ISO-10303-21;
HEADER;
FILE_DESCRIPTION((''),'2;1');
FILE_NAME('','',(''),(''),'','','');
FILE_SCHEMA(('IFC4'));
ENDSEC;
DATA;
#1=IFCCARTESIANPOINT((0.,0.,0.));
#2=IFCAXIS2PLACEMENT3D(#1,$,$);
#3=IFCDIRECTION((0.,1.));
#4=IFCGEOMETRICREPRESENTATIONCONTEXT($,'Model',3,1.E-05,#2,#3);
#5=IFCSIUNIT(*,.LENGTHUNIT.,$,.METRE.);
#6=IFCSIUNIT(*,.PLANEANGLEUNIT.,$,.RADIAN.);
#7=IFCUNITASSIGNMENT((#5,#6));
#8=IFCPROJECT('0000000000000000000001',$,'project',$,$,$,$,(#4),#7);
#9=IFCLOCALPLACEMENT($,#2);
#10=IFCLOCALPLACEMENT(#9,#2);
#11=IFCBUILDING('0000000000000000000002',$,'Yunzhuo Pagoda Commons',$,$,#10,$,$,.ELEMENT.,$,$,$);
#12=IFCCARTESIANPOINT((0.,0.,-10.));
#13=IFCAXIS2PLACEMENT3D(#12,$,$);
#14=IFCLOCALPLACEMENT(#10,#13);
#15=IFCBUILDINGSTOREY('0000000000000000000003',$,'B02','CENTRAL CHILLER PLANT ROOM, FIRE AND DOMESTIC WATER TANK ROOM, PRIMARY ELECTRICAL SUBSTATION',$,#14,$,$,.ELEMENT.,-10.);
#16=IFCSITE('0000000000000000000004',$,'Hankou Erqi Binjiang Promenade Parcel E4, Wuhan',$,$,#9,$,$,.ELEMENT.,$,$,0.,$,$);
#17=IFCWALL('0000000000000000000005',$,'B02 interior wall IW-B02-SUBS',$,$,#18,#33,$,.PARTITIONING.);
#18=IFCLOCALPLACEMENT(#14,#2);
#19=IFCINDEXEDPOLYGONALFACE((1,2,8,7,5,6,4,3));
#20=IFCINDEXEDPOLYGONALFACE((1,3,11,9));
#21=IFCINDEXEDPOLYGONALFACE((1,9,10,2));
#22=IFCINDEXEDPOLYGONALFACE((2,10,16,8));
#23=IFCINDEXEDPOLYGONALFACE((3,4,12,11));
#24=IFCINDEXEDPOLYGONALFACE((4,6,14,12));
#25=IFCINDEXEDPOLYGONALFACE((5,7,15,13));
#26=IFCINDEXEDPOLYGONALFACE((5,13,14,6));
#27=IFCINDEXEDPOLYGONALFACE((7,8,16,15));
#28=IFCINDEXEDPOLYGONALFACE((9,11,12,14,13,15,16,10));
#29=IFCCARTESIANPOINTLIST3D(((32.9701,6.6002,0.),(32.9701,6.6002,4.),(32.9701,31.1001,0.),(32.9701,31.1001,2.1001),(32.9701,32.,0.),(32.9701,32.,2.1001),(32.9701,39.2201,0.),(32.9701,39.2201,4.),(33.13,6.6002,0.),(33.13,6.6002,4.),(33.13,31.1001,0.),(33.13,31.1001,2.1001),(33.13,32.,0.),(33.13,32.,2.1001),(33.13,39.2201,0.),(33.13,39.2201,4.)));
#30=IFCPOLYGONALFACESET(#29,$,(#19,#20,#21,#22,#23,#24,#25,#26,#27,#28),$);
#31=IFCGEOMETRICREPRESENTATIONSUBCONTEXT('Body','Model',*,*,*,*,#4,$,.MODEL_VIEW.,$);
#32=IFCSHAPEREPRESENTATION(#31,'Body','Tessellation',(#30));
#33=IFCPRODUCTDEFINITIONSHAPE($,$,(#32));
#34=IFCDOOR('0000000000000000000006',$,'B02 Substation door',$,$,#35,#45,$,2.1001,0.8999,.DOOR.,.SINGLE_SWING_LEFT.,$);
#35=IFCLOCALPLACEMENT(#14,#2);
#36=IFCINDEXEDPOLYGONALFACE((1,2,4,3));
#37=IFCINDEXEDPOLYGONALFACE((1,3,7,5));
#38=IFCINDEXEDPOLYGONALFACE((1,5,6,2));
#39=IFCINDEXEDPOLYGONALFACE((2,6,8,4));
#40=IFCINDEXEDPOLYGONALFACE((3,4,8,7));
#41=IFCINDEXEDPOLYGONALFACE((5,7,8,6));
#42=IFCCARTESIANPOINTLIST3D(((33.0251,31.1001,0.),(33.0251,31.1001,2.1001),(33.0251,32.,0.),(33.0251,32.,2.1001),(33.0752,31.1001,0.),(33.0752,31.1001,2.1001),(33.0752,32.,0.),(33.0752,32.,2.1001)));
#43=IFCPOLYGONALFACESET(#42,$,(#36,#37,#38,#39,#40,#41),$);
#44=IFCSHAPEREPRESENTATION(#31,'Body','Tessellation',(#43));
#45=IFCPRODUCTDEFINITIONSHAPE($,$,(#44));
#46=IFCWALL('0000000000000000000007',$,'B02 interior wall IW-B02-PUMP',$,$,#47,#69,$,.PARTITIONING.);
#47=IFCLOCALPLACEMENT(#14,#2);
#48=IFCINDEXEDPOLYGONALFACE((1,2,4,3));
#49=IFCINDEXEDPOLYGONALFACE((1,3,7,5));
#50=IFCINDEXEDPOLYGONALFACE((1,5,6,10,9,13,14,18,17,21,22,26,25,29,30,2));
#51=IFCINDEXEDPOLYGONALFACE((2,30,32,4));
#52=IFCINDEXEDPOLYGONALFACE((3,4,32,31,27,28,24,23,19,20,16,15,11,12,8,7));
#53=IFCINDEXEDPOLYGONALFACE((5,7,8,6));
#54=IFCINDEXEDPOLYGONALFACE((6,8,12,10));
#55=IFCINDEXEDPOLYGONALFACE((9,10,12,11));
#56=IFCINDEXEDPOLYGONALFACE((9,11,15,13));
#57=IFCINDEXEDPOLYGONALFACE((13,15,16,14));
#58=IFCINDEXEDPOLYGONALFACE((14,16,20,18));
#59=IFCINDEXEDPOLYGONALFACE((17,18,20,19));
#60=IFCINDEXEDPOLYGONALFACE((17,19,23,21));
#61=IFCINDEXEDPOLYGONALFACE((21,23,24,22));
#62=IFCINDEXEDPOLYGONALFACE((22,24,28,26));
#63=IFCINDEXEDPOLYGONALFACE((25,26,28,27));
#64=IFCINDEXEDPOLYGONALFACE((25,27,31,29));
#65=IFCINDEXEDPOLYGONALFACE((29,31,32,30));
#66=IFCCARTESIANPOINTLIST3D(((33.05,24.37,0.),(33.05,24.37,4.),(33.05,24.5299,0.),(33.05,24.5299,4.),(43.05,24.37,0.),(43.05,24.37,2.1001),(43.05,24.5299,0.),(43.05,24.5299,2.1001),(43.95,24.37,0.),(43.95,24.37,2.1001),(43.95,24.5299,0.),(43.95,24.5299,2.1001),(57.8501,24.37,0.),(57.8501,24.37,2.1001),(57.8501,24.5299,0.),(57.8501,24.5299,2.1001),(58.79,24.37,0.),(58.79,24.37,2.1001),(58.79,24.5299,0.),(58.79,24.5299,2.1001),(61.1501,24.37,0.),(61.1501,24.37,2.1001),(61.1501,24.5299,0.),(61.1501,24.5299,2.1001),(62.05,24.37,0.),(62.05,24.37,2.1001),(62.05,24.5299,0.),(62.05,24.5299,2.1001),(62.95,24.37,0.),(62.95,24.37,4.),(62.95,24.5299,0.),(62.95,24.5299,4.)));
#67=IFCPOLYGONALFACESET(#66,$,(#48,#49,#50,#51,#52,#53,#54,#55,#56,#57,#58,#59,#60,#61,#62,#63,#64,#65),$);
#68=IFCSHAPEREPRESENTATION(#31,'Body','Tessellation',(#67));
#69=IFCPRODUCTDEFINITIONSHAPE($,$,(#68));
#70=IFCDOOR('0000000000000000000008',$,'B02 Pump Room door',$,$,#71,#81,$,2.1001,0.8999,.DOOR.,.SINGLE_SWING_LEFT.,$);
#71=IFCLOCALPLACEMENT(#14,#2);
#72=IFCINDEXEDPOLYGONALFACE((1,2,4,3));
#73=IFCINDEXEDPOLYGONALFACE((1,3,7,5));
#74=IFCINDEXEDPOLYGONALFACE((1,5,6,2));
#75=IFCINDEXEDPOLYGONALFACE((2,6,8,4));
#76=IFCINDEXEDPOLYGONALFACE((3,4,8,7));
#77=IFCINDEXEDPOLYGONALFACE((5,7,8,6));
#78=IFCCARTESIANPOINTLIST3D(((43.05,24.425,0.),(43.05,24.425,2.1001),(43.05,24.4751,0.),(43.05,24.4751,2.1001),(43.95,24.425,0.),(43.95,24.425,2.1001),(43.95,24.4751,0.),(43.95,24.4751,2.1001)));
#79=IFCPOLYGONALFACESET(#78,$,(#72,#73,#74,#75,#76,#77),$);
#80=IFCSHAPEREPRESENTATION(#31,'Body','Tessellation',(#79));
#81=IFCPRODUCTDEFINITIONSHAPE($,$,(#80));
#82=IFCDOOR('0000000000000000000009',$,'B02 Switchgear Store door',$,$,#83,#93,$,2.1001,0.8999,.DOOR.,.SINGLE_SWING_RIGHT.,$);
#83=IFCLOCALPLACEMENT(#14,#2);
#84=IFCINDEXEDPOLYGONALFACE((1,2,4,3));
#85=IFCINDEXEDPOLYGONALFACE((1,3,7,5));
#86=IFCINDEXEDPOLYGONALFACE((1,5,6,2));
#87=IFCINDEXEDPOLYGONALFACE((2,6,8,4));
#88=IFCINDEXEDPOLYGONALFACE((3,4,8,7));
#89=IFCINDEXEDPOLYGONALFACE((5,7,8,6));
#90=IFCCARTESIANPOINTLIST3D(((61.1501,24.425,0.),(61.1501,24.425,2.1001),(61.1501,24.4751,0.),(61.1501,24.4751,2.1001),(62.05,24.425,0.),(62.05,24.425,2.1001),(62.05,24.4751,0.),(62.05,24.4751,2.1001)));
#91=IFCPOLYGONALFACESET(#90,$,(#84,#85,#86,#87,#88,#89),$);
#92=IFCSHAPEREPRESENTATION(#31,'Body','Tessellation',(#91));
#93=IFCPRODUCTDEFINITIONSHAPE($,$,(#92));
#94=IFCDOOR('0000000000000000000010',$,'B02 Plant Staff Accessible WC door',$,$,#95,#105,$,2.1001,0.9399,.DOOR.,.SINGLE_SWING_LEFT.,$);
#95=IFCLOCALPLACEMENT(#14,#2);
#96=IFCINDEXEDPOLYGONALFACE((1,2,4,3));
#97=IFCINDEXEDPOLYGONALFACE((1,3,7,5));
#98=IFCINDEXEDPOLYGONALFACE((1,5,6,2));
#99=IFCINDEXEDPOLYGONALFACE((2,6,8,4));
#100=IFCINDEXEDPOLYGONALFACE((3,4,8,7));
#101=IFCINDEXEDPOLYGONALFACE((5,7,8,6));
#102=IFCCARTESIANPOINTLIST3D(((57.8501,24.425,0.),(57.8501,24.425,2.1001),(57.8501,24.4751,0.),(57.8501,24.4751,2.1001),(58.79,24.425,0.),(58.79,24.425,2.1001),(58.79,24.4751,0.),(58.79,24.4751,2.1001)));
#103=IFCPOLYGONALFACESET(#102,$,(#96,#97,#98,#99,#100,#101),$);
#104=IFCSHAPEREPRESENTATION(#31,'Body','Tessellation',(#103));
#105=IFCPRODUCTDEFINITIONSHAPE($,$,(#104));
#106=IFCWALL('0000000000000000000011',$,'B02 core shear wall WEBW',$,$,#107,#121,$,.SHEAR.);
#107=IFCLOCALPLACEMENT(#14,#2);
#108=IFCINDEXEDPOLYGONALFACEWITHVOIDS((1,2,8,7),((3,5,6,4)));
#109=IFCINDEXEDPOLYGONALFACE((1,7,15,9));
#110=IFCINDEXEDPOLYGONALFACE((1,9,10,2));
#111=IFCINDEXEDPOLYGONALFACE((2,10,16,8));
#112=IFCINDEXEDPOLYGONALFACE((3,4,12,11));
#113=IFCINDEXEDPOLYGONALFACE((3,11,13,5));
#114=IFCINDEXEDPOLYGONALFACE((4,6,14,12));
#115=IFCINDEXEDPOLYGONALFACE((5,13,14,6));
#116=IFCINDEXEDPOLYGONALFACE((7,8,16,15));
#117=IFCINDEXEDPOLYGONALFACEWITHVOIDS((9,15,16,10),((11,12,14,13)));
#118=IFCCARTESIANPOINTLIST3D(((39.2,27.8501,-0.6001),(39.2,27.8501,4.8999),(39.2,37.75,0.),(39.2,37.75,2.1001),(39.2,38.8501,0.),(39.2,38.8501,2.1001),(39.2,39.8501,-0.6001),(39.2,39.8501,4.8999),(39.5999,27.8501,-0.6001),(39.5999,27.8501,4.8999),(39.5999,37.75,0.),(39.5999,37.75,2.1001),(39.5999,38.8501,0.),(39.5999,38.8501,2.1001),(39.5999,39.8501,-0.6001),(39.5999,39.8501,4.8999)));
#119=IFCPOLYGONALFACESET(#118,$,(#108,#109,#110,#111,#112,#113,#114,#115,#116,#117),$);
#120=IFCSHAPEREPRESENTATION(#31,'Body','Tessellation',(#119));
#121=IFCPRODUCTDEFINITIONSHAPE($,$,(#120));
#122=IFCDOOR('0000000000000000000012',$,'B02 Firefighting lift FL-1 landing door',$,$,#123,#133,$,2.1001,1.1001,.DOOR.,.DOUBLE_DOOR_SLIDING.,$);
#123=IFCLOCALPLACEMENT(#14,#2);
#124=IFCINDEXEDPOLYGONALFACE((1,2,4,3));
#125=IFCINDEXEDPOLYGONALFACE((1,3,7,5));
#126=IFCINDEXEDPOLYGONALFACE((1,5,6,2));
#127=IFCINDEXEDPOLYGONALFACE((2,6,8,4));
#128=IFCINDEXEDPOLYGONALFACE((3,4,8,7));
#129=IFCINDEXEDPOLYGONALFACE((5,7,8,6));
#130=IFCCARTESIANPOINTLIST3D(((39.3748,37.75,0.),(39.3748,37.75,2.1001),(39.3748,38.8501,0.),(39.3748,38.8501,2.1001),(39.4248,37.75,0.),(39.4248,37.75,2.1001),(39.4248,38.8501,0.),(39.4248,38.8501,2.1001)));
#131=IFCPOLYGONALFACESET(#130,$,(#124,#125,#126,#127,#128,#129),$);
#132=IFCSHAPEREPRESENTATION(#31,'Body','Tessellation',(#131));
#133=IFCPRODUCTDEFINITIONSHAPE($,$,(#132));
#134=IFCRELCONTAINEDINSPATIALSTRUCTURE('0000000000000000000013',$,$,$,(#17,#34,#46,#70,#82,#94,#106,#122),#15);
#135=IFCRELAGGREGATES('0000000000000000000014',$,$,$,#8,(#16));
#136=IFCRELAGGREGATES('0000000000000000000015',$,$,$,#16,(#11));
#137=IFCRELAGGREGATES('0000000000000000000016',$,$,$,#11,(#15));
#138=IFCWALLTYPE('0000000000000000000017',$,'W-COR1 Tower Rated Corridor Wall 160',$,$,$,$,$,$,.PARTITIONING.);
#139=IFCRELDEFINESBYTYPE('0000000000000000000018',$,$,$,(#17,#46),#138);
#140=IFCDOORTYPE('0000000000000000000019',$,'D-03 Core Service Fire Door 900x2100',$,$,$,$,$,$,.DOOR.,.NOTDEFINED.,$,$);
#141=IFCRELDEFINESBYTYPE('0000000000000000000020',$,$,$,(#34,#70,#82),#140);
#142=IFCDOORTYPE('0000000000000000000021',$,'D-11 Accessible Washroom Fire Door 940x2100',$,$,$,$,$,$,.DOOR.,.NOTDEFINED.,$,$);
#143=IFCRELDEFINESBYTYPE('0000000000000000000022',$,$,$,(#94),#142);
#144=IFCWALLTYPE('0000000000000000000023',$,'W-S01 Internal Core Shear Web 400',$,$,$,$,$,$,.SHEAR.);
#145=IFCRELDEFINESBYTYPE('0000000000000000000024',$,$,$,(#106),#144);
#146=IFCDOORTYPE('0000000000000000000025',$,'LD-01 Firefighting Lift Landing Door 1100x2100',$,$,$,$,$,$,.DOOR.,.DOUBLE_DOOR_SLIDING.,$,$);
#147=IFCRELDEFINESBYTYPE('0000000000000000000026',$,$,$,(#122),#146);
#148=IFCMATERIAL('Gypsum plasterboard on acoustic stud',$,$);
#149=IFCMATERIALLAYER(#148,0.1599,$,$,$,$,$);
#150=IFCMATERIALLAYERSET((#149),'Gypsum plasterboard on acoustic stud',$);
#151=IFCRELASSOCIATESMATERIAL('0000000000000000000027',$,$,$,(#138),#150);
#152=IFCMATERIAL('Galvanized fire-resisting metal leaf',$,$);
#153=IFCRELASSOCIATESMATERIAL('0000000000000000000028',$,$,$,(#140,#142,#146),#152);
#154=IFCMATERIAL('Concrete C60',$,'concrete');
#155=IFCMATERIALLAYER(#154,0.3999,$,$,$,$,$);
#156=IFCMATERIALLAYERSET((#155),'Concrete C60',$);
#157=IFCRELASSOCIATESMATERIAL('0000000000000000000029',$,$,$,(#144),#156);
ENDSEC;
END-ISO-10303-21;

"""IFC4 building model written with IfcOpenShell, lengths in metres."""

from ifc_helpers import new_model, si_unit, direction, frame, frame_2d, origin, origin_with_axes, place, context, subcontext, project, spatial, rectangle, extrude, source, transform, mapped, material, layer, layer_set, type_object, element, fill, save


model = new_model("IFC4")

# Units and contexts
model_context = context("Model", 3, precision=1e-05, world=origin(), true_north=direction((0.0, 1.0)))
body_context = subcontext(model_context, "Body", "Model", "MODEL_VIEW")
ifc_project = project(units=[si_unit("LENGTHUNIT", "METRE"), si_unit("PLANEANGLEUNIT", "RADIAN")], contexts=[model_context])

# Site, building, storey
site_placement = place(None, origin())
site = spatial("IfcSite", under=ifc_project, at=site_placement, Name="Hankou Erqi Binjiang Promenade Parcel E4, Wuhan", CompositionType="ELEMENT", RefElevation=0.0)
building_placement = place(site_placement, origin())
building = spatial("IfcBuilding", under=site, at=building_placement, Name="Yunzhuo Pagoda Commons", CompositionType="ELEMENT")
storey_placement = place(building_placement, frame((0.0, 0.0, -10.0)))
storey = spatial("IfcBuildingStorey", under=building, at=storey_placement, Name="B02", Description="CENTRAL CHILLER PLANT ROOM, FIRE AND DOMESTIC WATER TANK ROOM, PRIMARY ELECTRICAL SUBSTATION", CompositionType="ELEMENT", Elevation=-10.0)

# Shared definitions
ifc_material_1 = material(Name="Concrete C60", Category="concrete")

# Wall, opening, door
ifc_material_2 = material(Name="Gypsum plasterboard on acoustic stud")
ifc_layer_1 = layer(ifc_material_2, 0.1599)
ifc_layer_set_1 = layer_set([ifc_layer_1], Name="Gypsum plasterboard on acoustic stud")
wall_type_1 = type_object("IfcWallType", Name="W-COR1 Tower Rated Corridor Wall 160", PredefinedType="PARTITIONING", material=ifc_layer_set_1)
ifc_material_3 = material(Name="Galvanized fire-resisting metal leaf")
door_type_1 = type_object("IfcDoorType", Name="D-03 Core Service Fire Door 900x2100", OperationType="NOTDEFINED", PredefinedType="DOOR", material=ifc_material_3)
shared_shape_1 = source(origin(), body_context, "Body", "SweptSolid", [
    extrude(rectangle(XDim=0.8999, YDim=2.1001, at=frame_2d((0.45, 1.05))), frame((0.0, 0.0249, 0.0), z_axis=(0.0, -1.0, 0.0), x_axis=(1.0, 0.0, 0.0)), (0.0, 0.0, 1.0), 0.05),
])
wall_1_placement = place(storey_placement, frame((33.05, 6.6001, 0.0), z_axis=(0.0, 0.0, 1.0), x_axis=(0.0, 1.0, 0.0)))
wall_1 = element("IfcWall", 1, at=wall_1_placement, inside=storey, type_object=wall_type_1, Name="B02 interior wall IW-B02-SUBS", PredefinedType="PARTITIONING", context=body_context, shape_type="SweptSolid", body=[
    extrude(rectangle(XDim=32.6199, YDim=0.1599, at=frame_2d((16.3101, 0.0))), origin(), (0.0, 0.0, 1.0), 4.0),
])
opening_1_placement = place(wall_1_placement, frame((24.5, 0.0, 0.0)))
opening_1 = element("IfcOpeningElement", 2, at=opening_1_placement, cuts=wall_1, PredefinedType="OPENING", context=body_context, shape_type="SweptSolid", body=[
    extrude(rectangle(XDim=0.8999, YDim=2.1001, at=frame_2d((0.45, 1.05))), frame((0.0, 0.0898, 0.0), z_axis=(0.0, -1.0, 0.0), x_axis=(1.0, 0.0, 0.0)), (0.0, 0.0, 1.0), 0.1799),
])
door_1_placement = place(opening_1_placement, origin_with_axes())
door_1 = element("IfcDoor", 3, at=door_1_placement, inside=storey, type_object=door_type_1, Name="B02 Substation door", OperationType="SINGLE_SWING_LEFT", OverallHeight=2.1001, OverallWidth=0.8999, PredefinedType="DOOR", context=body_context, shape_type="MappedRepresentation", body=[
    mapped(shared_shape_1, transform((0.0, 0.0, 0.0), scale=1.0)),
])
fill(opening_1, door_1)

# Wall, openings, doors
wall_2_placement = place(storey_placement, frame((33.05, 24.45, 0.0), z_axis=(0.0, 0.0, 1.0), x_axis=(1.0, 0.0, 0.0)))
wall_2 = element("IfcWall", 4, at=wall_2_placement, inside=storey, type_object=wall_type_1, Name="B02 interior wall IW-B02-PUMP", PredefinedType="PARTITIONING", context=body_context, shape_type="SweptSolid", body=[
    extrude(rectangle(XDim=29.8999, YDim=0.1599, at=frame_2d((14.95, 0.0))), origin(), (0.0, 0.0, 1.0), 4.0),
])
opening_2_placement = place(wall_2_placement, frame((10.0, 0.0, 0.0)))
opening_2 = element("IfcOpeningElement", 5, at=opening_2_placement, cuts=wall_2, PredefinedType="OPENING", context=body_context, shape_type="SweptSolid", body=[
    extrude(rectangle(XDim=0.8999, YDim=2.1001, at=frame_2d((0.45, 1.05))), frame((0.0, 0.0898, 0.0), z_axis=(0.0, -1.0, 0.0), x_axis=(1.0, 0.0, 0.0)), (0.0, 0.0, 1.0), 0.1799),
])
opening_3_placement = place(wall_2_placement, frame((24.8, 0.0, 0.0)))
opening_3 = element("IfcOpeningElement", 6, at=opening_3_placement, cuts=wall_2, PredefinedType="OPENING", context=body_context, shape_type="SweptSolid", body=[
    extrude(rectangle(XDim=0.9399, YDim=2.1001, at=frame_2d((0.47, 1.05))), frame((0.0, 0.0898, 0.0), z_axis=(0.0, -1.0, 0.0), x_axis=(1.0, 0.0, 0.0)), (0.0, 0.0, 1.0), 0.1799),
])
opening_4_placement = place(wall_2_placement, frame((28.1001, 0.0, 0.0)))
opening_4 = element("IfcOpeningElement", 7, at=opening_4_placement, cuts=wall_2, PredefinedType="OPENING", context=body_context, shape_type="SweptSolid", body=[
    extrude(rectangle(XDim=0.8999, YDim=2.1001, at=frame_2d((0.45, 1.05))), frame((0.0, 0.0898, 0.0), z_axis=(0.0, -1.0, 0.0), x_axis=(1.0, 0.0, 0.0)), (0.0, 0.0, 1.0), 0.1799),
])
door_2_placement = place(opening_2_placement, frame((0.8999, 0.0, 0.0), z_axis=(0.0, 0.0, 1.0), x_axis=(-1.0, 0.0, 0.0)))
door_2 = element("IfcDoor", 8, at=door_2_placement, inside=storey, type_object=door_type_1, Name="B02 Pump Room door", OperationType="SINGLE_SWING_LEFT", OverallHeight=2.1001, OverallWidth=0.8999, PredefinedType="DOOR", context=body_context, shape_type="MappedRepresentation", body=[
    mapped(shared_shape_1, transform((0.0, 0.0, 0.0), scale=1.0)),
])
fill(opening_2, door_2)
door_3_placement = place(opening_4_placement, frame((0.8999, 0.0, 0.0), z_axis=(0.0, 0.0, 1.0), x_axis=(-1.0, 0.0, 0.0)))
door_3 = element("IfcDoor", 9, at=door_3_placement, inside=storey, type_object=door_type_1, Name="B02 Switchgear Store door", OperationType="SINGLE_SWING_RIGHT", OverallHeight=2.1001, OverallWidth=0.8999, PredefinedType="DOOR", context=body_context, shape_type="MappedRepresentation", body=[
    mapped(shared_shape_1, transform((0.0, 0.0, 0.0), scale=1.0)),
])
fill(opening_4, door_3)
door_type_2 = type_object("IfcDoorType", Name="D-11 Accessible Washroom Fire Door 940x2100", OperationType="NOTDEFINED", PredefinedType="DOOR", material=ifc_material_3)
shared_shape_2 = source(origin(), body_context, "Body", "SweptSolid", [
    extrude(rectangle(XDim=0.9399, YDim=2.1001, at=frame_2d((0.47, 1.05))), frame((0.0, 0.0249, 0.0), z_axis=(0.0, -1.0, 0.0), x_axis=(1.0, 0.0, 0.0)), (0.0, 0.0, 1.0), 0.05),
])
door_4_placement = place(opening_3_placement, frame((0.9399, 0.0, 0.0), z_axis=(0.0, 0.0, 1.0), x_axis=(-1.0, 0.0, 0.0)))
door_4 = element("IfcDoor", 10, at=door_4_placement, inside=storey, type_object=door_type_2, Name="B02 Plant Staff Accessible WC door", OperationType="SINGLE_SWING_LEFT", OverallHeight=2.1001, OverallWidth=0.9399, PredefinedType="DOOR", context=body_context, shape_type="MappedRepresentation", body=[
    mapped(shared_shape_2, transform((0.0, 0.0, 0.0), scale=1.0)),
])
fill(opening_3, door_4)

# Wall, opening, door
ifc_layer_2 = layer(ifc_material_1, 0.3999)
ifc_layer_set_2 = layer_set([ifc_layer_2], Name="Concrete C60")
wall_type_2 = type_object("IfcWallType", Name="W-S01 Internal Core Shear Web 400", PredefinedType="SHEAR", material=ifc_layer_set_2)
wall_3_placement = place(storey_placement, frame((39.3999, 27.8501, -0.6001), z_axis=(0.0, 0.0, 1.0), x_axis=(0.0, 1.0, 0.0)))
wall_3 = element("IfcWall", 11, at=wall_3_placement, inside=storey, type_object=wall_type_2, Name="B02 core shear wall WEBW", PredefinedType="SHEAR", context=body_context, shape_type="SweptSolid", body=[
    extrude(rectangle(XDim=12.0, YDim=0.3999, at=frame_2d((6.0, 0.0))), origin(), (0.0, 0.0, 1.0), 5.5),
])
opening_5_placement = place(wall_3_placement, frame((9.8999, 0.0, 0.6001)))
opening_5 = element("IfcOpeningElement", 12, at=opening_5_placement, cuts=wall_3, PredefinedType="OPENING", context=body_context, shape_type="SweptSolid", body=[
    extrude(rectangle(XDim=1.1001, YDim=2.1001, at=frame_2d((0.55, 1.05))), frame((0.0, 0.21, 0.0), z_axis=(0.0, -1.0, 0.0), x_axis=(1.0, 0.0, 0.0)), (0.0, 0.0, 1.0), 0.4199),
])
door_type_3 = type_object("IfcDoorType", Name="LD-01 Firefighting Lift Landing Door 1100x2100", OperationType="DOUBLE_DOOR_SLIDING", PredefinedType="DOOR", material=ifc_material_3)
shared_shape_3 = source(origin(), body_context, "Body", "SweptSolid", [
    extrude(rectangle(XDim=1.1001, YDim=2.1001, at=frame_2d((0.55, 1.05))), frame((0.0, 0.0249, 0.0), z_axis=(0.0, -1.0, 0.0), x_axis=(1.0, 0.0, 0.0)), (0.0, 0.0, 1.0), 0.05),
])
door_5_placement = place(opening_5_placement, frame((1.1001, 0.0, 0.0), z_axis=(0.0, 0.0, 1.0), x_axis=(-1.0, 0.0, 0.0)))
door_5 = element("IfcDoor", 13, at=door_5_placement, inside=storey, type_object=door_type_3, Name="B02 Firefighting lift FL-1 landing door", OperationType="DOUBLE_DOOR_SLIDING", OverallHeight=2.1001, OverallWidth=1.1001, PredefinedType="DOOR", context=body_context, shape_type="MappedRepresentation", body=[
    mapped(shared_shape_3, transform((0.0, 0.0, 0.0), scale=1.0)),
])
fill(opening_5, door_5)

save(model, "model.ifc")
